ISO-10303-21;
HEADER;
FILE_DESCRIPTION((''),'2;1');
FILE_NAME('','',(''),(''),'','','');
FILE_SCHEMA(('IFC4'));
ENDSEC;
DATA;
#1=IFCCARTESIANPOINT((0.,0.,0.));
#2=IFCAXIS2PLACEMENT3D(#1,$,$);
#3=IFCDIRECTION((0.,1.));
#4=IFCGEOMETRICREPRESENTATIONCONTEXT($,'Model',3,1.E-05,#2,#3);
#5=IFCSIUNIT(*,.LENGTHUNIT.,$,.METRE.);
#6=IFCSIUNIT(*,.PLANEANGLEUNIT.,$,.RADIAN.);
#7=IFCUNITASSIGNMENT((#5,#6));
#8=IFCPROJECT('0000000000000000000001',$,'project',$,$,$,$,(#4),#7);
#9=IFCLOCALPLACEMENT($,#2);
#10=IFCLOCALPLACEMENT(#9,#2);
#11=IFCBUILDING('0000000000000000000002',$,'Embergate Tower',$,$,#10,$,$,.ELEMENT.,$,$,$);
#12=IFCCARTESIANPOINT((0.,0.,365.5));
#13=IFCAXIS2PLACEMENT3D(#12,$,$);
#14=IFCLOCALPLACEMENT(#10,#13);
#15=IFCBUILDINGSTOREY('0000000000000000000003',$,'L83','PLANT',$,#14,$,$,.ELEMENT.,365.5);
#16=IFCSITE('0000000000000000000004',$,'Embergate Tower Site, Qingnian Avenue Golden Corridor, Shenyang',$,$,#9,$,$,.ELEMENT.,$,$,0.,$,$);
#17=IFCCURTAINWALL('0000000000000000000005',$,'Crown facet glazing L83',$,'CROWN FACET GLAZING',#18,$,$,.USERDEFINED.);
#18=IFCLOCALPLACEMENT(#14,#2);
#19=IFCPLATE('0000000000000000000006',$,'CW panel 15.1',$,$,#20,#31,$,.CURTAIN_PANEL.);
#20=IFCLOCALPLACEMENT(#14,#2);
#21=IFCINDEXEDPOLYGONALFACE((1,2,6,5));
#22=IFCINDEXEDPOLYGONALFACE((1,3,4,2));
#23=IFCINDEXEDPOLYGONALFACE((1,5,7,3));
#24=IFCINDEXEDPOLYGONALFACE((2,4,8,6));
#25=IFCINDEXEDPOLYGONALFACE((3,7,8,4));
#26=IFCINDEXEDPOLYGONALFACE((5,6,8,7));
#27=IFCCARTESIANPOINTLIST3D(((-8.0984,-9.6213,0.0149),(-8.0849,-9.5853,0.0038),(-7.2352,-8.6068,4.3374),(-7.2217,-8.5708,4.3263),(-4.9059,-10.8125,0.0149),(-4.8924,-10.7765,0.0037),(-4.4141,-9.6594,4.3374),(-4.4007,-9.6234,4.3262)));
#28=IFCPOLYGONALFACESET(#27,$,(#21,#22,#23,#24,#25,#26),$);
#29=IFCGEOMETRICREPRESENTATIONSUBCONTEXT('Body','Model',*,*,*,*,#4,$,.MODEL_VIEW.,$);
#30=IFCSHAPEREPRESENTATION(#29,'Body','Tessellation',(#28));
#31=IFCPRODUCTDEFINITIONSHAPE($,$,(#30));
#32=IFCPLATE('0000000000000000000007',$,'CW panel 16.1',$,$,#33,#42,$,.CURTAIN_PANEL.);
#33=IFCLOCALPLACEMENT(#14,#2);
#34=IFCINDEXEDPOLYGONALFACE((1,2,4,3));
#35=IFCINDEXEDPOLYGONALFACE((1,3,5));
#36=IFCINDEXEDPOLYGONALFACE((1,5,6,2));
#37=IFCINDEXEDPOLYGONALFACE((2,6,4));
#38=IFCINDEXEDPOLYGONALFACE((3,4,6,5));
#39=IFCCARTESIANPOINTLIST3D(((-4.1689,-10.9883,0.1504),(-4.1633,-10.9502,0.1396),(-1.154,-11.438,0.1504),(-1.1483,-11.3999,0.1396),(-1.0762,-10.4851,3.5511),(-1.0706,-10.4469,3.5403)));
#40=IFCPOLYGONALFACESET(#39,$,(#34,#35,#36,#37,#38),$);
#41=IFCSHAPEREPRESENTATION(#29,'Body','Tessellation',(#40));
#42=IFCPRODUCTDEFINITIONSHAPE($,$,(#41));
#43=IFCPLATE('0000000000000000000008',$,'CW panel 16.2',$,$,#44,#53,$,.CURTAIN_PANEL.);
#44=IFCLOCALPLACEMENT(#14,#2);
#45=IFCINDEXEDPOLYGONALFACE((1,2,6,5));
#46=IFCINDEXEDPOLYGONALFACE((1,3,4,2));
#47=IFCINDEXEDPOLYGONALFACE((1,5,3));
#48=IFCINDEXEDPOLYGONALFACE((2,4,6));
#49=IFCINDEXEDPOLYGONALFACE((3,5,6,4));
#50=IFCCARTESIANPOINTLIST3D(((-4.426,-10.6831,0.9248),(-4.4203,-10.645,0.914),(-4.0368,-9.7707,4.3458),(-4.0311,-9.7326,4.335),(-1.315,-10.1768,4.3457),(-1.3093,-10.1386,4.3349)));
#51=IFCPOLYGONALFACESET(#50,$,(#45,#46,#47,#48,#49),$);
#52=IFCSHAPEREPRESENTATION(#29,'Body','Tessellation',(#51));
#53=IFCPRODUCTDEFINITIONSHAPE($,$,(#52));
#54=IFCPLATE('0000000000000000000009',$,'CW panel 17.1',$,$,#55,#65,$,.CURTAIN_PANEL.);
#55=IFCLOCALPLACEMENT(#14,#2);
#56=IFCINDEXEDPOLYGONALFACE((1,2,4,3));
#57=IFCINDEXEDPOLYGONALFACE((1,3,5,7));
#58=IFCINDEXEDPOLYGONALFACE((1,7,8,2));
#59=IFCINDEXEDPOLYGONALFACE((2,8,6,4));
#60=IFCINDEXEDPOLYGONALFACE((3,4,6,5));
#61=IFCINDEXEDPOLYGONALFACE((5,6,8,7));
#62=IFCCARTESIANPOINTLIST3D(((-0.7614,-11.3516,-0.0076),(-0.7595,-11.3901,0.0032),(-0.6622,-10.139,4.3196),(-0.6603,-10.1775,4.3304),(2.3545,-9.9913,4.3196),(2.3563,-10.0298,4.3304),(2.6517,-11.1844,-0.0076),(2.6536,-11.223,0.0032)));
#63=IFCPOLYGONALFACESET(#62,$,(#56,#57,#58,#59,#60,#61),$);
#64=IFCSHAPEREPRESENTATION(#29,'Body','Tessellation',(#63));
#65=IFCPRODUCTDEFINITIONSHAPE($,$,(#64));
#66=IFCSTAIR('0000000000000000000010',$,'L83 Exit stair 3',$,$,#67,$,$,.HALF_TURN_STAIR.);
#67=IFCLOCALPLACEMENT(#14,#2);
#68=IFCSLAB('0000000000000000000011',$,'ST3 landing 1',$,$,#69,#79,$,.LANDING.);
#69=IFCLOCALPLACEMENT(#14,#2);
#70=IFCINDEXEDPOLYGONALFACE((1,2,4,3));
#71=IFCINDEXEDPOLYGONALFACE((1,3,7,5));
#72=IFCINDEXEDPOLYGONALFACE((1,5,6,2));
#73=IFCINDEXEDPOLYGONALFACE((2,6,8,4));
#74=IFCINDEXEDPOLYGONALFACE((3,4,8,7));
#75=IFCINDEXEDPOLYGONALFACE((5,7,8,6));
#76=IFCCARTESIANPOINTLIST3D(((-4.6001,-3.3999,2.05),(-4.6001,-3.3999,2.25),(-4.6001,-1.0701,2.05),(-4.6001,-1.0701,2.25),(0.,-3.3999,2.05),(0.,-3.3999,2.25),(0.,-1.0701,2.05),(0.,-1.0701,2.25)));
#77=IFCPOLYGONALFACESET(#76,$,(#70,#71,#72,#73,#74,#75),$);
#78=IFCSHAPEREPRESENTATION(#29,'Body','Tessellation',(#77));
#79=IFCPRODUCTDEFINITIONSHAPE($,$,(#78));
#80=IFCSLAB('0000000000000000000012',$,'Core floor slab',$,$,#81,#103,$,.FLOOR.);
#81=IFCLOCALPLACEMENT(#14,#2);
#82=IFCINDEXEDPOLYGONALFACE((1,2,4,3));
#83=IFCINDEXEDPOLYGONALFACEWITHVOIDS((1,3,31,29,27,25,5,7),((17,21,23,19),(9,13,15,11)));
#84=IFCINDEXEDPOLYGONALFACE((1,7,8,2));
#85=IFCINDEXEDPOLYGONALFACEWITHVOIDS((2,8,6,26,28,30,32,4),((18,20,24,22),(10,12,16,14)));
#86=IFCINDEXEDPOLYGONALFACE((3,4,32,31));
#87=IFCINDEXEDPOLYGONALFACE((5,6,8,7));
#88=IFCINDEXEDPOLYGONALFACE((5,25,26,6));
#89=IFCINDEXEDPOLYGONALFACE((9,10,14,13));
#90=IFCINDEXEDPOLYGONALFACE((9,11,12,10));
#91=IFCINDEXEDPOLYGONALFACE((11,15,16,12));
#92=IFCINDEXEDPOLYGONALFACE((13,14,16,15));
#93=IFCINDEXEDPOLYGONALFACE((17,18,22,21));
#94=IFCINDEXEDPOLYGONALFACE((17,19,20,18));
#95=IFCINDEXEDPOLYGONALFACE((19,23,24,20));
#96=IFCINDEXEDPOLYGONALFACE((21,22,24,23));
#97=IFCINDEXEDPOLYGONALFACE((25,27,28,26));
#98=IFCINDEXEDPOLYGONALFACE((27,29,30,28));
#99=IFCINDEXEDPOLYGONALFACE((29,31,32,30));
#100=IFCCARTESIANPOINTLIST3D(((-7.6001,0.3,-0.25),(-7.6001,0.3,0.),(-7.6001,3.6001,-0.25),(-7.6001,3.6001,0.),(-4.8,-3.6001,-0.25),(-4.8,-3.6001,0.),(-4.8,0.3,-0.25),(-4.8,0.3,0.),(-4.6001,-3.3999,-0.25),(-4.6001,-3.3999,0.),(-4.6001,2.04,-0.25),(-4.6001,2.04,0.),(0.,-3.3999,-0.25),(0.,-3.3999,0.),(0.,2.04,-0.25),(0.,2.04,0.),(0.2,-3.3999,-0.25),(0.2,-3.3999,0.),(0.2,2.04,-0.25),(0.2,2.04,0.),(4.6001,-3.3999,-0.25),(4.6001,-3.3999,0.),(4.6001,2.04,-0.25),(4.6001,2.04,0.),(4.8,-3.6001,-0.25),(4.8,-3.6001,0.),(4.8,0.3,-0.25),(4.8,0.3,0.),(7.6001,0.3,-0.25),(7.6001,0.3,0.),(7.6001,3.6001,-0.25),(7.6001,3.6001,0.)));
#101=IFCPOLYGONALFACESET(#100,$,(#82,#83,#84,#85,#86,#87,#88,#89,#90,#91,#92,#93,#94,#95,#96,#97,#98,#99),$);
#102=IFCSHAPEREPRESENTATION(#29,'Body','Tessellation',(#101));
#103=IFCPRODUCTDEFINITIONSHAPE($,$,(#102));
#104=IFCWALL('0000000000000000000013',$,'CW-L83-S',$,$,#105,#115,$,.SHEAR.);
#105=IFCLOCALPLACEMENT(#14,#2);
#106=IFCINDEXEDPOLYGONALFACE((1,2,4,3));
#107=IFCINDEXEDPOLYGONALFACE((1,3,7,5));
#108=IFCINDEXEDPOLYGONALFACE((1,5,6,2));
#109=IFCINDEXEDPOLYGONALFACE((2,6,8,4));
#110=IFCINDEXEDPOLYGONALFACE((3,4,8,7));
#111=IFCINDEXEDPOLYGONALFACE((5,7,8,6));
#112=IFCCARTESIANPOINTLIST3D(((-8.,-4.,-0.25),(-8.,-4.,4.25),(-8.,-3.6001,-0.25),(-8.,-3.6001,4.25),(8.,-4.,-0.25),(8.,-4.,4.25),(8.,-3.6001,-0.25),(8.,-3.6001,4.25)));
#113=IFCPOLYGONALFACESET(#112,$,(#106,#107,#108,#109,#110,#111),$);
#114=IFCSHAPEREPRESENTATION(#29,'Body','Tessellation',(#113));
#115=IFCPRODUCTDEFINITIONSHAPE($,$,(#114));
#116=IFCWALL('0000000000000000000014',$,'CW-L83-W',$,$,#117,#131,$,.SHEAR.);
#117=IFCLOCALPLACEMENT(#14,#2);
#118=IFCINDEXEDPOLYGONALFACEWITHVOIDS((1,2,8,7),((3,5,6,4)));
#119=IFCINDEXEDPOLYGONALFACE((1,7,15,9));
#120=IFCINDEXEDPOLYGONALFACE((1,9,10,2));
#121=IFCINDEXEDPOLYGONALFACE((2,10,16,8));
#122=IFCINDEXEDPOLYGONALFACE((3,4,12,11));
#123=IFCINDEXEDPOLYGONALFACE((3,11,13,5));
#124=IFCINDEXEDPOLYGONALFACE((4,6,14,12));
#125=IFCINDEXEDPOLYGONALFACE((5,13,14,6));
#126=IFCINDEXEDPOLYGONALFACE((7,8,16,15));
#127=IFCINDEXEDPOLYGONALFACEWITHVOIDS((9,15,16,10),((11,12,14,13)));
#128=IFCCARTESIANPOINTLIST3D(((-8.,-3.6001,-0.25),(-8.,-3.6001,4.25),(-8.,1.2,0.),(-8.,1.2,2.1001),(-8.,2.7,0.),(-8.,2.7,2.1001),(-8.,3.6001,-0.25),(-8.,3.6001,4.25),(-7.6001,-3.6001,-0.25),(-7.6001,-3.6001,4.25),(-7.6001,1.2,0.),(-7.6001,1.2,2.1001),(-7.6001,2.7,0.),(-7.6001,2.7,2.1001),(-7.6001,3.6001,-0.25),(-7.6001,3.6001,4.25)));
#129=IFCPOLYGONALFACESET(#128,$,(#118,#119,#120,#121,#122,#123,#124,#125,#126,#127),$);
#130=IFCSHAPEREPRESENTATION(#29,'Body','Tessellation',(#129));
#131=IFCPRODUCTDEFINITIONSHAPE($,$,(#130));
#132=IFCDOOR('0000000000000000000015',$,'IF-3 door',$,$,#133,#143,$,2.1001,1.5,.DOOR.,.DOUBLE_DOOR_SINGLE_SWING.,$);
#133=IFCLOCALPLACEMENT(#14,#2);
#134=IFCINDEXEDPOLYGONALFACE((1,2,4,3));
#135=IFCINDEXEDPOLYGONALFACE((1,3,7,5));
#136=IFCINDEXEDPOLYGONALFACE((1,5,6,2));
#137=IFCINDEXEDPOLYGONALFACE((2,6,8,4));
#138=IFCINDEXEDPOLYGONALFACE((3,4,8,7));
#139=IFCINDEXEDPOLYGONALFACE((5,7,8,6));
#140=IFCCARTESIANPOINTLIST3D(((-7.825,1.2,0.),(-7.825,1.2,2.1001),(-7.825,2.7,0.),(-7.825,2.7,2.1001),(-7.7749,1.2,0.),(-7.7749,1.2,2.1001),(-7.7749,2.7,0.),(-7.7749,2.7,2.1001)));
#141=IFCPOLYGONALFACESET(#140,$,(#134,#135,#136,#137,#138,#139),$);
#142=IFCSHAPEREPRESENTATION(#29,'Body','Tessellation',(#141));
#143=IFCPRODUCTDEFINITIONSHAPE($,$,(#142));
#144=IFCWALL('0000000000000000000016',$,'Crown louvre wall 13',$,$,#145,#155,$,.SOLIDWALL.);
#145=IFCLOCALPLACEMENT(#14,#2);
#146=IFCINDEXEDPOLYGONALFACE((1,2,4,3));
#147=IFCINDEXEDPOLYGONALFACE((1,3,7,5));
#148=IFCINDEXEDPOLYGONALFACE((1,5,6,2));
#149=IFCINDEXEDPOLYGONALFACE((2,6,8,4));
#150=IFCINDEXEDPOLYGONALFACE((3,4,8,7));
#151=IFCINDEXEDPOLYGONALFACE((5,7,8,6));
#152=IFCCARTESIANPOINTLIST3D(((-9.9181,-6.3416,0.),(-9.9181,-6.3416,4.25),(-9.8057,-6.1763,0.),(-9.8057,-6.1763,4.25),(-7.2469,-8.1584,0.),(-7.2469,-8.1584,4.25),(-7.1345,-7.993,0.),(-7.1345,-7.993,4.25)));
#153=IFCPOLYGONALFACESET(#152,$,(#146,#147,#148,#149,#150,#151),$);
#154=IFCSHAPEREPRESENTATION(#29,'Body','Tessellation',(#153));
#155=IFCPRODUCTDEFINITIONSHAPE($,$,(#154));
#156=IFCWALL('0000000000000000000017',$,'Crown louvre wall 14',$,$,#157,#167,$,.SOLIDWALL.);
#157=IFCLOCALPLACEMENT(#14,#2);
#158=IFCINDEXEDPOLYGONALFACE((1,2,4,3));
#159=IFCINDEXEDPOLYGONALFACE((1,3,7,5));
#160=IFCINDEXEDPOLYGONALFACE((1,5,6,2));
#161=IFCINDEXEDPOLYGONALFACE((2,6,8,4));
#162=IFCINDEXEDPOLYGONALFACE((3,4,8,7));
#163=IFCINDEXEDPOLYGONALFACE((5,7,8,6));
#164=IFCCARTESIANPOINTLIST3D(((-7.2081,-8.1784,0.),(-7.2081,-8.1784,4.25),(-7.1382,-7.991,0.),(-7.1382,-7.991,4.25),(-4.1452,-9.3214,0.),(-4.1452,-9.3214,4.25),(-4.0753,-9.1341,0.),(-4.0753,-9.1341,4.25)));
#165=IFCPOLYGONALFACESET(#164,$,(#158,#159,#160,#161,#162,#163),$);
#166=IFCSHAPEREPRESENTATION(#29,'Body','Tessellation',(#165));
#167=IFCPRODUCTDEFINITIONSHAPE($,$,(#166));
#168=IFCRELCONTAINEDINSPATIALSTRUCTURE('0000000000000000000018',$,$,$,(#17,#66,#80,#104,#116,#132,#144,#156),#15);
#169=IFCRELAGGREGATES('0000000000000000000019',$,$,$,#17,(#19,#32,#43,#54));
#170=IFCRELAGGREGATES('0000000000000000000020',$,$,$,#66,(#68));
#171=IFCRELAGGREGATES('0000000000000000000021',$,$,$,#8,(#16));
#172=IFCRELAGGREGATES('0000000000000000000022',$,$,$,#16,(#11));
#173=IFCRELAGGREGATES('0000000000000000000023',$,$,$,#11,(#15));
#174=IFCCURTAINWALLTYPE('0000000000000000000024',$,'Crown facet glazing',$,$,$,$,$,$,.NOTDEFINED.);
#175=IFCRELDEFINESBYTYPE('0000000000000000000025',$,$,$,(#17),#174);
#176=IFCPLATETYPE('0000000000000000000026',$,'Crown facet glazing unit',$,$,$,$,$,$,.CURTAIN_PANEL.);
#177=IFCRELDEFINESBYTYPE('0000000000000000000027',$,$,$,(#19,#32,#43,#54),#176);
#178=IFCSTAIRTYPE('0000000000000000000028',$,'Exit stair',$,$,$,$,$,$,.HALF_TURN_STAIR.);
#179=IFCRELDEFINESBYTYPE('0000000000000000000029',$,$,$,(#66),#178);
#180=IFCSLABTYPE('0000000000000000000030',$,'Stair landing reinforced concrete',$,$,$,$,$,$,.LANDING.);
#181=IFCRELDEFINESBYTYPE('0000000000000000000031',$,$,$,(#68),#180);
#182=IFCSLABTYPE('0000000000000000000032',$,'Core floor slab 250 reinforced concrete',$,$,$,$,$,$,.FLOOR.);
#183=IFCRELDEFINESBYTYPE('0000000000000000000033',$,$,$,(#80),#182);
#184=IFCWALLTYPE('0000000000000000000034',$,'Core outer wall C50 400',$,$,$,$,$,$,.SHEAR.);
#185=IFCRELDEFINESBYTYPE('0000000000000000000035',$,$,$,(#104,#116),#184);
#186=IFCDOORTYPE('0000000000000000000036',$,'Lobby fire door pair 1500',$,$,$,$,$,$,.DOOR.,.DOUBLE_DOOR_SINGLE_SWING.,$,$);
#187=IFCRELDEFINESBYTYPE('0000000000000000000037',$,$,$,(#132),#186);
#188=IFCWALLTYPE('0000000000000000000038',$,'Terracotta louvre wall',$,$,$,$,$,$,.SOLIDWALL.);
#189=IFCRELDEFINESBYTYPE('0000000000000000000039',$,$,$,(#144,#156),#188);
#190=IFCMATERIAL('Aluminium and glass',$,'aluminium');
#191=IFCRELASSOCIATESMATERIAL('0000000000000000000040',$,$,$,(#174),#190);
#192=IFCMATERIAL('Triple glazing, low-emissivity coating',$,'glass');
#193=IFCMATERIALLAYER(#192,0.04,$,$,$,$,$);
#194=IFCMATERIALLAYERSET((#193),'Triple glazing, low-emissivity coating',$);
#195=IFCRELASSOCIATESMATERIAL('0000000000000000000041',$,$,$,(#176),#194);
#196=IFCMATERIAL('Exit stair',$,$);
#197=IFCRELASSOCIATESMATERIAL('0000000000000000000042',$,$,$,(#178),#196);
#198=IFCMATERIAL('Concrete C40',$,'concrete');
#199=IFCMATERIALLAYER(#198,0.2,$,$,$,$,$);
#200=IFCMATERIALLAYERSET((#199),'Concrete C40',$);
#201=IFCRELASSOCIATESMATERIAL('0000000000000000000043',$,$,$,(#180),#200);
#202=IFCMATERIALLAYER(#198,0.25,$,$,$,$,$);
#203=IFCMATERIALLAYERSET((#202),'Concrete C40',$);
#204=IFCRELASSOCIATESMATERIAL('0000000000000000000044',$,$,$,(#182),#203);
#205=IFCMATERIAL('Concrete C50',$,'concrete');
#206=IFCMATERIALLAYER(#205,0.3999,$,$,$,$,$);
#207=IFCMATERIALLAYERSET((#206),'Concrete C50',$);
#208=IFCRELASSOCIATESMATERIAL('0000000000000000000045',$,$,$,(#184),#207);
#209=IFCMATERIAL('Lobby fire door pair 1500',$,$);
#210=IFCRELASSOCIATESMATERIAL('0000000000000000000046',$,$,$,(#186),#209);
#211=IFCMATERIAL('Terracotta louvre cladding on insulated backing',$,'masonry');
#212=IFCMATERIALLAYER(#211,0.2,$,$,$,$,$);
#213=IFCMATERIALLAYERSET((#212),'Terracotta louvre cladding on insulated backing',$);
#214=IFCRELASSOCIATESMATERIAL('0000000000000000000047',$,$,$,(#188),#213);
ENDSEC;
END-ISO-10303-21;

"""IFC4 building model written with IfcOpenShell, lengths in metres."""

from ifc_helpers import new_model, si_unit, direction, frame, frame_2d, origin, place, context, subcontext, project, spatial, polyline, rectangle, outline, extrude, source, transform, mapped, material, layer, layer_set, type_object, element, fill, aggregate, save


model = new_model("IFC4")

# Units and contexts
model_context = context("Model", 3, precision=1e-05, world=origin(), true_north=direction((0.0, 1.0)))
body_context = subcontext(model_context, "Body", "Model", "MODEL_VIEW")
ifc_project = project(units=[si_unit("LENGTHUNIT", "METRE"), si_unit("PLANEANGLEUNIT", "RADIAN")], contexts=[model_context])

# Site, building, storey
site_placement = place(None, origin())
site = spatial("IfcSite", under=ifc_project, at=site_placement, Name="Embergate Tower Site, Qingnian Avenue Golden Corridor, Shenyang", CompositionType="ELEMENT", RefElevation=0.0)
building_placement = place(site_placement, origin())
building = spatial("IfcBuilding", under=site, at=building_placement, Name="Embergate Tower", CompositionType="ELEMENT")
storey_placement = place(building_placement, frame((0.0, 0.0, 365.5)))
storey = spatial("IfcBuildingStorey", under=building, at=storey_placement, Name="L83", Description="PLANT", CompositionType="ELEMENT", Elevation=365.5)

# Curtain wall
ifc_material_1 = material(Name="Aluminium and glass", Category="aluminium")
curtain_wall_type = type_object("IfcCurtainWallType", Name="Crown facet glazing", PredefinedType="NOTDEFINED", material=ifc_material_1)
curtain_wall_placement = place(storey_placement, origin())
curtain_wall = element("IfcCurtainWall", 1, at=curtain_wall_placement, inside=storey, type_object=curtain_wall_type, Name="Crown facet glazing L83", ObjectType="CROWN FACET GLAZING", PredefinedType="USERDEFINED")

# Shared definitions
ifc_material_2 = material(Name="Concrete C50", Category="concrete")

# Plates
ifc_material_3 = material(Name="Triple glazing, low-emissivity coating", Category="glass")
ifc_layer_1 = layer(ifc_material_3, 0.04)
ifc_layer_set_1 = layer_set([ifc_layer_1], Name="Triple glazing, low-emissivity coating")
plate_type = type_object("IfcPlateType", Name="Crown facet glazing unit", PredefinedType="CURTAIN_PANEL", material=ifc_layer_set_1)
shared_shape_1 = source(origin(), body_context, "Body", "SweptSolid", [
    extrude(outline(polyline([(0.0, 0.0), (3.4075, 0.0), (3.4651, 4.5002), (0.4541, 4.5002), (0.0, 0.0)])), origin(), (0.0, 0.0, -1.0), 0.04),
])
plate_1_placement = place(storey_placement, frame((-8.0984, -9.6213, 0.0149), z_axis=(-0.335762, -0.899908, 0.27826), x_axis=(0.936911, -0.349569, -0.000005)))
plate_1 = element("IfcPlate", 2, at=plate_1_placement, type_object=plate_type, Name="CW panel 15.1", PredefinedType="CURTAIN_PANEL", context=body_context, shape_type="MappedRepresentation", body=[
    mapped(shared_shape_1, transform((0.0, 0.0, 0.0))),
])
shared_shape_2 = source(origin(), body_context, "Body", "SweptSolid", [
    extrude(outline(polyline([(0.0, 0.0), (3.0483, 0.0), (2.9846, 3.532), (0.0, 0.0)])), origin(), (0.0, 0.0, -1.0), 0.04),
])
plate_2_placement = place(storey_placement, frame((-4.1689, -10.9883, 0.1504), z_axis=(-0.142047, -0.952298, 0.270094), x_axis=(0.989058, -0.14753, 0.0)))
plate_2 = element("IfcPlate", 3, at=plate_2_placement, type_object=plate_type, Name="CW panel 16.1", PredefinedType="CURTAIN_PANEL", context=body_context, shape_type="MappedRepresentation", body=[
    mapped(shared_shape_2, transform((0.0, 0.0, 0.0))),
])
shared_shape_3 = source(origin(), body_context, "Body", "SweptSolid", [
    extrude(outline(polyline([(0.0, 0.0), (4.6516, 0.0), (2.8755, 2.1021), (0.0, 0.0)])), origin(), (0.0, 0.0, -1.0), 0.04),
])
plate_3_placement = place(storey_placement, frame((-4.426, -10.6831, 0.9248), z_axis=(-0.142044, -0.952287, 0.270134), x_axis=(0.668814, 0.108854, 0.735417)))
plate_3 = element("IfcPlate", 4, at=plate_3_placement, type_object=plate_type, Name="CW panel 16.2", PredefinedType="CURTAIN_PANEL", context=body_context, shape_type="MappedRepresentation", body=[
    mapped(shared_shape_3, transform((0.0, 0.0, 0.0))),
])
shared_shape_4 = source(origin(), body_context, "Body", "SweptSolid", [
    extrude(outline(polyline([(0.0, 0.0), (3.4172, 0.0), (3.1787, 4.4922), (0.1584, 4.4922), (0.0, 0.0)])), origin(), (0.0, 0.0, -1.0), 0.04),
])
plate_4_placement = place(storey_placement, frame((-0.7595, -11.3901, 0.0032), z_axis=(0.047125, -0.962117, 0.268532), x_axis=(0.998803, 0.048923, 0.000005)))
plate_4 = element("IfcPlate", 5, at=plate_4_placement, type_object=plate_type, Name="CW panel 17.1", PredefinedType="CURTAIN_PANEL", context=body_context, shape_type="MappedRepresentation", body=[
    mapped(shared_shape_4, transform((0.0, 0.0, 0.0))),
])
aggregate(curtain_wall, [plate_1, plate_2, plate_3, plate_4])

# Stair, slab
ifc_material_4 = material(Name="Exit stair")
stair_type = type_object("IfcStairType", Name="Exit stair", PredefinedType="HALF_TURN_STAIR", material=ifc_material_4)
stair_placement = place(storey_placement, origin())
stair = element("IfcStair", 6, at=stair_placement, inside=storey, type_object=stair_type, Name="L83 Exit stair 3", PredefinedType="HALF_TURN_STAIR")
ifc_material_5 = material(Name="Concrete C40", Category="concrete")
ifc_layer_2 = layer(ifc_material_5, 0.2)
ifc_layer_set_2 = layer_set([ifc_layer_2], Name="Concrete C40")
slab_type_1 = type_object("IfcSlabType", Name="Stair landing reinforced concrete", PredefinedType="LANDING", material=ifc_layer_set_2)
shared_shape_5 = source(origin(), body_context, "Body", "SweptSolid", [
    extrude(outline(polyline([(0.0, 0.0), (4.6001, 0.0), (4.6001, 2.3298), (0.0, 2.3298), (0.0, 0.0)])), origin(), (0.0, 0.0, 1.0), 0.2),
])
slab_1_placement = place(storey_placement, frame((-4.6001, -3.3999, 2.05)))
slab_1 = element("IfcSlab", 7, at=slab_1_placement, type_object=slab_type_1, Name="ST3 landing 1", PredefinedType="LANDING", context=body_context, shape_type="MappedRepresentation", body=[
    mapped(shared_shape_5, transform((0.0, 0.0, 0.0))),
])

# Slab
ifc_layer_3 = layer(ifc_material_5, 0.25)
ifc_layer_set_3 = layer_set([ifc_layer_3], Name="Concrete C40")
slab_type_2 = type_object("IfcSlabType", Name="Core floor slab 250 reinforced concrete", PredefinedType="FLOOR", material=ifc_layer_set_3)
shared_shape_6 = source(origin(), body_context, "Body", "SweptSolid", [
    extrude(outline(polyline([(0.0, 0.0), (9.6001, 0.0), (9.6001, 3.9001), (12.4001, 3.9001), (12.4001, 7.2002), (-2.8, 7.2002), (-2.8, 3.9001), (0.0, 3.9001), (0.0, 0.0)]), holes=[polyline([(0.2, 0.2002), (0.2, 5.6401), (4.8, 5.6401), (4.8, 0.2002), (0.2, 0.2002)]), polyline([(5.0, 0.2002), (5.0, 5.6401), (9.4001, 5.6401), (9.4001, 0.2002), (5.0, 0.2002)])]), origin(), (0.0, 0.0, 1.0), 0.25),
])
slab_2_placement = place(storey_placement, frame((-4.8, -3.6001, -0.25)))
element("IfcSlab", 8, at=slab_2_placement, inside=storey, type_object=slab_type_2, Name="Core floor slab", PredefinedType="FLOOR", context=body_context, shape_type="MappedRepresentation", body=[
    mapped(shared_shape_6, transform((0.0, 0.0, 0.0))),
])

# Wall
ifc_layer_4 = layer(ifc_material_2, 0.3999)
ifc_layer_set_4 = layer_set([ifc_layer_4], Name="Concrete C50")
wall_type_1 = type_object("IfcWallType", Name="Core outer wall C50 400", PredefinedType="SHEAR", material=ifc_layer_set_4)
shared_shape_7 = source(origin(), body_context, "Body", "SweptSolid", [
    extrude(rectangle(XDim=16.0, YDim=0.3999, at=frame_2d((8.0, 0.0))), origin(), (0.0, 0.0, 1.0), 4.5),
])
wall_1_placement = place(storey_placement, frame((-8.0, -3.8, -0.25), z_axis=(0.0, 0.0, 1.0), x_axis=(1.0, 0.0, 0.0)))
element("IfcWall", 9, at=wall_1_placement, inside=storey, type_object=wall_type_1, Name="CW-L83-S", PredefinedType="SHEAR", context=body_context, shape_type="MappedRepresentation", body=[
    mapped(shared_shape_7, transform((0.0, 0.0, 0.0))),
])

# Wall, opening, door
shared_shape_8 = source(origin(), body_context, "Body", "SweptSolid", [
    extrude(rectangle(XDim=7.2002, YDim=0.3999, at=frame_2d((3.6001, 0.0))), origin(), (0.0, 0.0, 1.0), 4.5),
])
wall_2_placement = place(storey_placement, frame((-7.8, -3.6001, -0.25), z_axis=(0.0, 0.0, 1.0), x_axis=(0.0, 1.0, 0.0)))
wall_2 = element("IfcWall", 10, at=wall_2_placement, inside=storey, type_object=wall_type_1, Name="CW-L83-W", PredefinedType="SHEAR", context=body_context, shape_type="MappedRepresentation", body=[
    mapped(shared_shape_8, transform((0.0, 0.0, 0.0))),
])
shared_shape_9 = source(origin(), body_context, "Body", "SweptSolid", [
    extrude(rectangle(XDim=1.5, YDim=2.1001, at=frame_2d((0.75, 1.05))), frame((0.0, 0.21, 0.0), z_axis=(0.0, -1.0, 0.0), x_axis=(1.0, 0.0, 0.0)), (0.0, 0.0, 1.0), 0.4199),
])
opening_placement = place(wall_2_placement, frame((4.8, 0.0, 0.25)))
opening = element("IfcOpeningElement", 11, at=opening_placement, cuts=wall_2, PredefinedType="OPENING", context=body_context, shape_type="MappedRepresentation", body=[
    mapped(shared_shape_9, transform((0.0, 0.0, 0.0))),
])
ifc_material_6 = material(Name="Lobby fire door pair 1500")
door_type = type_object("IfcDoorType", Name="Lobby fire door pair 1500", OperationType="DOUBLE_DOOR_SINGLE_SWING", PredefinedType="DOOR", material=ifc_material_6)
shared_shape_10 = source(origin(), body_context, "Body", "SweptSolid", [
    extrude(rectangle(XDim=1.5, YDim=2.1001, at=frame_2d((0.75, 1.05))), frame((0.0, 0.0249, 0.0), z_axis=(0.0, -1.0, 0.0), x_axis=(1.0, 0.0, 0.0)), (0.0, 0.0, 1.0), 0.05),
])
door_placement = place(opening_placement, origin())
door = element("IfcDoor", 12, at=door_placement, inside=storey, type_object=door_type, Name="IF-3 door", OperationType="DOUBLE_DOOR_SINGLE_SWING", OverallHeight=2.1001, OverallWidth=1.5, PredefinedType="DOOR", context=body_context, shape_type="MappedRepresentation", body=[
    mapped(shared_shape_10, transform((0.0, 0.0, 0.0))),
])
fill(opening, door)

# Walls
ifc_material_7 = material(Name="Terracotta louvre cladding on insulated backing", Category="masonry")
ifc_layer_5 = layer(ifc_material_7, 0.2)
ifc_layer_set_5 = layer_set([ifc_layer_5], Name="Terracotta louvre cladding on insulated backing")
wall_type_2 = type_object("IfcWallType", Name="Terracotta louvre wall", PredefinedType="SOLIDWALL", material=ifc_layer_set_5)
shared_shape_11 = source(origin(), body_context, "Body", "SweptSolid", [
    extrude(rectangle(XDim=3.2305, YDim=0.2, at=frame_2d((1.6152, 0.0))), origin(), (0.0, 0.0, 1.0), 4.25),
])
wall_3_placement = place(storey_placement, frame((-7.1907, -8.0757, 0.0), z_axis=(0.0, 0.0, 1.0), x_axis=(-0.826887, 0.562368, 0.0)))
element("IfcWall", 13, at=wall_3_placement, inside=storey, type_object=wall_type_2, Name="Crown louvre wall 13", PredefinedType="SOLIDWALL", context=body_context, shape_type="MappedRepresentation", body=[
    mapped(shared_shape_11, transform((0.0, 0.0, 0.0))),
])
shared_shape_12 = source(origin(), body_context, "Body", "SweptSolid", [
    extrude(rectangle(XDim=3.2693, YDim=0.2, at=frame_2d((1.6348, 0.0))), origin(), (0.0, 0.0, 1.0), 4.25),
])
wall_4_placement = place(storey_placement, frame((-4.1101, -9.2278, 0.0), z_axis=(0.0, 0.0, 1.0), x_axis=(-0.936887, 0.349634, 0.0)))
element("IfcWall", 14, at=wall_4_placement, inside=storey, type_object=wall_type_2, Name="Crown louvre wall 14", PredefinedType="SOLIDWALL", context=body_context, shape_type="MappedRepresentation", body=[
    mapped(shared_shape_12, transform((0.0, 0.0, 0.0))),
])

aggregate(stair, [slab_1])

save(model, "model.ifc")
